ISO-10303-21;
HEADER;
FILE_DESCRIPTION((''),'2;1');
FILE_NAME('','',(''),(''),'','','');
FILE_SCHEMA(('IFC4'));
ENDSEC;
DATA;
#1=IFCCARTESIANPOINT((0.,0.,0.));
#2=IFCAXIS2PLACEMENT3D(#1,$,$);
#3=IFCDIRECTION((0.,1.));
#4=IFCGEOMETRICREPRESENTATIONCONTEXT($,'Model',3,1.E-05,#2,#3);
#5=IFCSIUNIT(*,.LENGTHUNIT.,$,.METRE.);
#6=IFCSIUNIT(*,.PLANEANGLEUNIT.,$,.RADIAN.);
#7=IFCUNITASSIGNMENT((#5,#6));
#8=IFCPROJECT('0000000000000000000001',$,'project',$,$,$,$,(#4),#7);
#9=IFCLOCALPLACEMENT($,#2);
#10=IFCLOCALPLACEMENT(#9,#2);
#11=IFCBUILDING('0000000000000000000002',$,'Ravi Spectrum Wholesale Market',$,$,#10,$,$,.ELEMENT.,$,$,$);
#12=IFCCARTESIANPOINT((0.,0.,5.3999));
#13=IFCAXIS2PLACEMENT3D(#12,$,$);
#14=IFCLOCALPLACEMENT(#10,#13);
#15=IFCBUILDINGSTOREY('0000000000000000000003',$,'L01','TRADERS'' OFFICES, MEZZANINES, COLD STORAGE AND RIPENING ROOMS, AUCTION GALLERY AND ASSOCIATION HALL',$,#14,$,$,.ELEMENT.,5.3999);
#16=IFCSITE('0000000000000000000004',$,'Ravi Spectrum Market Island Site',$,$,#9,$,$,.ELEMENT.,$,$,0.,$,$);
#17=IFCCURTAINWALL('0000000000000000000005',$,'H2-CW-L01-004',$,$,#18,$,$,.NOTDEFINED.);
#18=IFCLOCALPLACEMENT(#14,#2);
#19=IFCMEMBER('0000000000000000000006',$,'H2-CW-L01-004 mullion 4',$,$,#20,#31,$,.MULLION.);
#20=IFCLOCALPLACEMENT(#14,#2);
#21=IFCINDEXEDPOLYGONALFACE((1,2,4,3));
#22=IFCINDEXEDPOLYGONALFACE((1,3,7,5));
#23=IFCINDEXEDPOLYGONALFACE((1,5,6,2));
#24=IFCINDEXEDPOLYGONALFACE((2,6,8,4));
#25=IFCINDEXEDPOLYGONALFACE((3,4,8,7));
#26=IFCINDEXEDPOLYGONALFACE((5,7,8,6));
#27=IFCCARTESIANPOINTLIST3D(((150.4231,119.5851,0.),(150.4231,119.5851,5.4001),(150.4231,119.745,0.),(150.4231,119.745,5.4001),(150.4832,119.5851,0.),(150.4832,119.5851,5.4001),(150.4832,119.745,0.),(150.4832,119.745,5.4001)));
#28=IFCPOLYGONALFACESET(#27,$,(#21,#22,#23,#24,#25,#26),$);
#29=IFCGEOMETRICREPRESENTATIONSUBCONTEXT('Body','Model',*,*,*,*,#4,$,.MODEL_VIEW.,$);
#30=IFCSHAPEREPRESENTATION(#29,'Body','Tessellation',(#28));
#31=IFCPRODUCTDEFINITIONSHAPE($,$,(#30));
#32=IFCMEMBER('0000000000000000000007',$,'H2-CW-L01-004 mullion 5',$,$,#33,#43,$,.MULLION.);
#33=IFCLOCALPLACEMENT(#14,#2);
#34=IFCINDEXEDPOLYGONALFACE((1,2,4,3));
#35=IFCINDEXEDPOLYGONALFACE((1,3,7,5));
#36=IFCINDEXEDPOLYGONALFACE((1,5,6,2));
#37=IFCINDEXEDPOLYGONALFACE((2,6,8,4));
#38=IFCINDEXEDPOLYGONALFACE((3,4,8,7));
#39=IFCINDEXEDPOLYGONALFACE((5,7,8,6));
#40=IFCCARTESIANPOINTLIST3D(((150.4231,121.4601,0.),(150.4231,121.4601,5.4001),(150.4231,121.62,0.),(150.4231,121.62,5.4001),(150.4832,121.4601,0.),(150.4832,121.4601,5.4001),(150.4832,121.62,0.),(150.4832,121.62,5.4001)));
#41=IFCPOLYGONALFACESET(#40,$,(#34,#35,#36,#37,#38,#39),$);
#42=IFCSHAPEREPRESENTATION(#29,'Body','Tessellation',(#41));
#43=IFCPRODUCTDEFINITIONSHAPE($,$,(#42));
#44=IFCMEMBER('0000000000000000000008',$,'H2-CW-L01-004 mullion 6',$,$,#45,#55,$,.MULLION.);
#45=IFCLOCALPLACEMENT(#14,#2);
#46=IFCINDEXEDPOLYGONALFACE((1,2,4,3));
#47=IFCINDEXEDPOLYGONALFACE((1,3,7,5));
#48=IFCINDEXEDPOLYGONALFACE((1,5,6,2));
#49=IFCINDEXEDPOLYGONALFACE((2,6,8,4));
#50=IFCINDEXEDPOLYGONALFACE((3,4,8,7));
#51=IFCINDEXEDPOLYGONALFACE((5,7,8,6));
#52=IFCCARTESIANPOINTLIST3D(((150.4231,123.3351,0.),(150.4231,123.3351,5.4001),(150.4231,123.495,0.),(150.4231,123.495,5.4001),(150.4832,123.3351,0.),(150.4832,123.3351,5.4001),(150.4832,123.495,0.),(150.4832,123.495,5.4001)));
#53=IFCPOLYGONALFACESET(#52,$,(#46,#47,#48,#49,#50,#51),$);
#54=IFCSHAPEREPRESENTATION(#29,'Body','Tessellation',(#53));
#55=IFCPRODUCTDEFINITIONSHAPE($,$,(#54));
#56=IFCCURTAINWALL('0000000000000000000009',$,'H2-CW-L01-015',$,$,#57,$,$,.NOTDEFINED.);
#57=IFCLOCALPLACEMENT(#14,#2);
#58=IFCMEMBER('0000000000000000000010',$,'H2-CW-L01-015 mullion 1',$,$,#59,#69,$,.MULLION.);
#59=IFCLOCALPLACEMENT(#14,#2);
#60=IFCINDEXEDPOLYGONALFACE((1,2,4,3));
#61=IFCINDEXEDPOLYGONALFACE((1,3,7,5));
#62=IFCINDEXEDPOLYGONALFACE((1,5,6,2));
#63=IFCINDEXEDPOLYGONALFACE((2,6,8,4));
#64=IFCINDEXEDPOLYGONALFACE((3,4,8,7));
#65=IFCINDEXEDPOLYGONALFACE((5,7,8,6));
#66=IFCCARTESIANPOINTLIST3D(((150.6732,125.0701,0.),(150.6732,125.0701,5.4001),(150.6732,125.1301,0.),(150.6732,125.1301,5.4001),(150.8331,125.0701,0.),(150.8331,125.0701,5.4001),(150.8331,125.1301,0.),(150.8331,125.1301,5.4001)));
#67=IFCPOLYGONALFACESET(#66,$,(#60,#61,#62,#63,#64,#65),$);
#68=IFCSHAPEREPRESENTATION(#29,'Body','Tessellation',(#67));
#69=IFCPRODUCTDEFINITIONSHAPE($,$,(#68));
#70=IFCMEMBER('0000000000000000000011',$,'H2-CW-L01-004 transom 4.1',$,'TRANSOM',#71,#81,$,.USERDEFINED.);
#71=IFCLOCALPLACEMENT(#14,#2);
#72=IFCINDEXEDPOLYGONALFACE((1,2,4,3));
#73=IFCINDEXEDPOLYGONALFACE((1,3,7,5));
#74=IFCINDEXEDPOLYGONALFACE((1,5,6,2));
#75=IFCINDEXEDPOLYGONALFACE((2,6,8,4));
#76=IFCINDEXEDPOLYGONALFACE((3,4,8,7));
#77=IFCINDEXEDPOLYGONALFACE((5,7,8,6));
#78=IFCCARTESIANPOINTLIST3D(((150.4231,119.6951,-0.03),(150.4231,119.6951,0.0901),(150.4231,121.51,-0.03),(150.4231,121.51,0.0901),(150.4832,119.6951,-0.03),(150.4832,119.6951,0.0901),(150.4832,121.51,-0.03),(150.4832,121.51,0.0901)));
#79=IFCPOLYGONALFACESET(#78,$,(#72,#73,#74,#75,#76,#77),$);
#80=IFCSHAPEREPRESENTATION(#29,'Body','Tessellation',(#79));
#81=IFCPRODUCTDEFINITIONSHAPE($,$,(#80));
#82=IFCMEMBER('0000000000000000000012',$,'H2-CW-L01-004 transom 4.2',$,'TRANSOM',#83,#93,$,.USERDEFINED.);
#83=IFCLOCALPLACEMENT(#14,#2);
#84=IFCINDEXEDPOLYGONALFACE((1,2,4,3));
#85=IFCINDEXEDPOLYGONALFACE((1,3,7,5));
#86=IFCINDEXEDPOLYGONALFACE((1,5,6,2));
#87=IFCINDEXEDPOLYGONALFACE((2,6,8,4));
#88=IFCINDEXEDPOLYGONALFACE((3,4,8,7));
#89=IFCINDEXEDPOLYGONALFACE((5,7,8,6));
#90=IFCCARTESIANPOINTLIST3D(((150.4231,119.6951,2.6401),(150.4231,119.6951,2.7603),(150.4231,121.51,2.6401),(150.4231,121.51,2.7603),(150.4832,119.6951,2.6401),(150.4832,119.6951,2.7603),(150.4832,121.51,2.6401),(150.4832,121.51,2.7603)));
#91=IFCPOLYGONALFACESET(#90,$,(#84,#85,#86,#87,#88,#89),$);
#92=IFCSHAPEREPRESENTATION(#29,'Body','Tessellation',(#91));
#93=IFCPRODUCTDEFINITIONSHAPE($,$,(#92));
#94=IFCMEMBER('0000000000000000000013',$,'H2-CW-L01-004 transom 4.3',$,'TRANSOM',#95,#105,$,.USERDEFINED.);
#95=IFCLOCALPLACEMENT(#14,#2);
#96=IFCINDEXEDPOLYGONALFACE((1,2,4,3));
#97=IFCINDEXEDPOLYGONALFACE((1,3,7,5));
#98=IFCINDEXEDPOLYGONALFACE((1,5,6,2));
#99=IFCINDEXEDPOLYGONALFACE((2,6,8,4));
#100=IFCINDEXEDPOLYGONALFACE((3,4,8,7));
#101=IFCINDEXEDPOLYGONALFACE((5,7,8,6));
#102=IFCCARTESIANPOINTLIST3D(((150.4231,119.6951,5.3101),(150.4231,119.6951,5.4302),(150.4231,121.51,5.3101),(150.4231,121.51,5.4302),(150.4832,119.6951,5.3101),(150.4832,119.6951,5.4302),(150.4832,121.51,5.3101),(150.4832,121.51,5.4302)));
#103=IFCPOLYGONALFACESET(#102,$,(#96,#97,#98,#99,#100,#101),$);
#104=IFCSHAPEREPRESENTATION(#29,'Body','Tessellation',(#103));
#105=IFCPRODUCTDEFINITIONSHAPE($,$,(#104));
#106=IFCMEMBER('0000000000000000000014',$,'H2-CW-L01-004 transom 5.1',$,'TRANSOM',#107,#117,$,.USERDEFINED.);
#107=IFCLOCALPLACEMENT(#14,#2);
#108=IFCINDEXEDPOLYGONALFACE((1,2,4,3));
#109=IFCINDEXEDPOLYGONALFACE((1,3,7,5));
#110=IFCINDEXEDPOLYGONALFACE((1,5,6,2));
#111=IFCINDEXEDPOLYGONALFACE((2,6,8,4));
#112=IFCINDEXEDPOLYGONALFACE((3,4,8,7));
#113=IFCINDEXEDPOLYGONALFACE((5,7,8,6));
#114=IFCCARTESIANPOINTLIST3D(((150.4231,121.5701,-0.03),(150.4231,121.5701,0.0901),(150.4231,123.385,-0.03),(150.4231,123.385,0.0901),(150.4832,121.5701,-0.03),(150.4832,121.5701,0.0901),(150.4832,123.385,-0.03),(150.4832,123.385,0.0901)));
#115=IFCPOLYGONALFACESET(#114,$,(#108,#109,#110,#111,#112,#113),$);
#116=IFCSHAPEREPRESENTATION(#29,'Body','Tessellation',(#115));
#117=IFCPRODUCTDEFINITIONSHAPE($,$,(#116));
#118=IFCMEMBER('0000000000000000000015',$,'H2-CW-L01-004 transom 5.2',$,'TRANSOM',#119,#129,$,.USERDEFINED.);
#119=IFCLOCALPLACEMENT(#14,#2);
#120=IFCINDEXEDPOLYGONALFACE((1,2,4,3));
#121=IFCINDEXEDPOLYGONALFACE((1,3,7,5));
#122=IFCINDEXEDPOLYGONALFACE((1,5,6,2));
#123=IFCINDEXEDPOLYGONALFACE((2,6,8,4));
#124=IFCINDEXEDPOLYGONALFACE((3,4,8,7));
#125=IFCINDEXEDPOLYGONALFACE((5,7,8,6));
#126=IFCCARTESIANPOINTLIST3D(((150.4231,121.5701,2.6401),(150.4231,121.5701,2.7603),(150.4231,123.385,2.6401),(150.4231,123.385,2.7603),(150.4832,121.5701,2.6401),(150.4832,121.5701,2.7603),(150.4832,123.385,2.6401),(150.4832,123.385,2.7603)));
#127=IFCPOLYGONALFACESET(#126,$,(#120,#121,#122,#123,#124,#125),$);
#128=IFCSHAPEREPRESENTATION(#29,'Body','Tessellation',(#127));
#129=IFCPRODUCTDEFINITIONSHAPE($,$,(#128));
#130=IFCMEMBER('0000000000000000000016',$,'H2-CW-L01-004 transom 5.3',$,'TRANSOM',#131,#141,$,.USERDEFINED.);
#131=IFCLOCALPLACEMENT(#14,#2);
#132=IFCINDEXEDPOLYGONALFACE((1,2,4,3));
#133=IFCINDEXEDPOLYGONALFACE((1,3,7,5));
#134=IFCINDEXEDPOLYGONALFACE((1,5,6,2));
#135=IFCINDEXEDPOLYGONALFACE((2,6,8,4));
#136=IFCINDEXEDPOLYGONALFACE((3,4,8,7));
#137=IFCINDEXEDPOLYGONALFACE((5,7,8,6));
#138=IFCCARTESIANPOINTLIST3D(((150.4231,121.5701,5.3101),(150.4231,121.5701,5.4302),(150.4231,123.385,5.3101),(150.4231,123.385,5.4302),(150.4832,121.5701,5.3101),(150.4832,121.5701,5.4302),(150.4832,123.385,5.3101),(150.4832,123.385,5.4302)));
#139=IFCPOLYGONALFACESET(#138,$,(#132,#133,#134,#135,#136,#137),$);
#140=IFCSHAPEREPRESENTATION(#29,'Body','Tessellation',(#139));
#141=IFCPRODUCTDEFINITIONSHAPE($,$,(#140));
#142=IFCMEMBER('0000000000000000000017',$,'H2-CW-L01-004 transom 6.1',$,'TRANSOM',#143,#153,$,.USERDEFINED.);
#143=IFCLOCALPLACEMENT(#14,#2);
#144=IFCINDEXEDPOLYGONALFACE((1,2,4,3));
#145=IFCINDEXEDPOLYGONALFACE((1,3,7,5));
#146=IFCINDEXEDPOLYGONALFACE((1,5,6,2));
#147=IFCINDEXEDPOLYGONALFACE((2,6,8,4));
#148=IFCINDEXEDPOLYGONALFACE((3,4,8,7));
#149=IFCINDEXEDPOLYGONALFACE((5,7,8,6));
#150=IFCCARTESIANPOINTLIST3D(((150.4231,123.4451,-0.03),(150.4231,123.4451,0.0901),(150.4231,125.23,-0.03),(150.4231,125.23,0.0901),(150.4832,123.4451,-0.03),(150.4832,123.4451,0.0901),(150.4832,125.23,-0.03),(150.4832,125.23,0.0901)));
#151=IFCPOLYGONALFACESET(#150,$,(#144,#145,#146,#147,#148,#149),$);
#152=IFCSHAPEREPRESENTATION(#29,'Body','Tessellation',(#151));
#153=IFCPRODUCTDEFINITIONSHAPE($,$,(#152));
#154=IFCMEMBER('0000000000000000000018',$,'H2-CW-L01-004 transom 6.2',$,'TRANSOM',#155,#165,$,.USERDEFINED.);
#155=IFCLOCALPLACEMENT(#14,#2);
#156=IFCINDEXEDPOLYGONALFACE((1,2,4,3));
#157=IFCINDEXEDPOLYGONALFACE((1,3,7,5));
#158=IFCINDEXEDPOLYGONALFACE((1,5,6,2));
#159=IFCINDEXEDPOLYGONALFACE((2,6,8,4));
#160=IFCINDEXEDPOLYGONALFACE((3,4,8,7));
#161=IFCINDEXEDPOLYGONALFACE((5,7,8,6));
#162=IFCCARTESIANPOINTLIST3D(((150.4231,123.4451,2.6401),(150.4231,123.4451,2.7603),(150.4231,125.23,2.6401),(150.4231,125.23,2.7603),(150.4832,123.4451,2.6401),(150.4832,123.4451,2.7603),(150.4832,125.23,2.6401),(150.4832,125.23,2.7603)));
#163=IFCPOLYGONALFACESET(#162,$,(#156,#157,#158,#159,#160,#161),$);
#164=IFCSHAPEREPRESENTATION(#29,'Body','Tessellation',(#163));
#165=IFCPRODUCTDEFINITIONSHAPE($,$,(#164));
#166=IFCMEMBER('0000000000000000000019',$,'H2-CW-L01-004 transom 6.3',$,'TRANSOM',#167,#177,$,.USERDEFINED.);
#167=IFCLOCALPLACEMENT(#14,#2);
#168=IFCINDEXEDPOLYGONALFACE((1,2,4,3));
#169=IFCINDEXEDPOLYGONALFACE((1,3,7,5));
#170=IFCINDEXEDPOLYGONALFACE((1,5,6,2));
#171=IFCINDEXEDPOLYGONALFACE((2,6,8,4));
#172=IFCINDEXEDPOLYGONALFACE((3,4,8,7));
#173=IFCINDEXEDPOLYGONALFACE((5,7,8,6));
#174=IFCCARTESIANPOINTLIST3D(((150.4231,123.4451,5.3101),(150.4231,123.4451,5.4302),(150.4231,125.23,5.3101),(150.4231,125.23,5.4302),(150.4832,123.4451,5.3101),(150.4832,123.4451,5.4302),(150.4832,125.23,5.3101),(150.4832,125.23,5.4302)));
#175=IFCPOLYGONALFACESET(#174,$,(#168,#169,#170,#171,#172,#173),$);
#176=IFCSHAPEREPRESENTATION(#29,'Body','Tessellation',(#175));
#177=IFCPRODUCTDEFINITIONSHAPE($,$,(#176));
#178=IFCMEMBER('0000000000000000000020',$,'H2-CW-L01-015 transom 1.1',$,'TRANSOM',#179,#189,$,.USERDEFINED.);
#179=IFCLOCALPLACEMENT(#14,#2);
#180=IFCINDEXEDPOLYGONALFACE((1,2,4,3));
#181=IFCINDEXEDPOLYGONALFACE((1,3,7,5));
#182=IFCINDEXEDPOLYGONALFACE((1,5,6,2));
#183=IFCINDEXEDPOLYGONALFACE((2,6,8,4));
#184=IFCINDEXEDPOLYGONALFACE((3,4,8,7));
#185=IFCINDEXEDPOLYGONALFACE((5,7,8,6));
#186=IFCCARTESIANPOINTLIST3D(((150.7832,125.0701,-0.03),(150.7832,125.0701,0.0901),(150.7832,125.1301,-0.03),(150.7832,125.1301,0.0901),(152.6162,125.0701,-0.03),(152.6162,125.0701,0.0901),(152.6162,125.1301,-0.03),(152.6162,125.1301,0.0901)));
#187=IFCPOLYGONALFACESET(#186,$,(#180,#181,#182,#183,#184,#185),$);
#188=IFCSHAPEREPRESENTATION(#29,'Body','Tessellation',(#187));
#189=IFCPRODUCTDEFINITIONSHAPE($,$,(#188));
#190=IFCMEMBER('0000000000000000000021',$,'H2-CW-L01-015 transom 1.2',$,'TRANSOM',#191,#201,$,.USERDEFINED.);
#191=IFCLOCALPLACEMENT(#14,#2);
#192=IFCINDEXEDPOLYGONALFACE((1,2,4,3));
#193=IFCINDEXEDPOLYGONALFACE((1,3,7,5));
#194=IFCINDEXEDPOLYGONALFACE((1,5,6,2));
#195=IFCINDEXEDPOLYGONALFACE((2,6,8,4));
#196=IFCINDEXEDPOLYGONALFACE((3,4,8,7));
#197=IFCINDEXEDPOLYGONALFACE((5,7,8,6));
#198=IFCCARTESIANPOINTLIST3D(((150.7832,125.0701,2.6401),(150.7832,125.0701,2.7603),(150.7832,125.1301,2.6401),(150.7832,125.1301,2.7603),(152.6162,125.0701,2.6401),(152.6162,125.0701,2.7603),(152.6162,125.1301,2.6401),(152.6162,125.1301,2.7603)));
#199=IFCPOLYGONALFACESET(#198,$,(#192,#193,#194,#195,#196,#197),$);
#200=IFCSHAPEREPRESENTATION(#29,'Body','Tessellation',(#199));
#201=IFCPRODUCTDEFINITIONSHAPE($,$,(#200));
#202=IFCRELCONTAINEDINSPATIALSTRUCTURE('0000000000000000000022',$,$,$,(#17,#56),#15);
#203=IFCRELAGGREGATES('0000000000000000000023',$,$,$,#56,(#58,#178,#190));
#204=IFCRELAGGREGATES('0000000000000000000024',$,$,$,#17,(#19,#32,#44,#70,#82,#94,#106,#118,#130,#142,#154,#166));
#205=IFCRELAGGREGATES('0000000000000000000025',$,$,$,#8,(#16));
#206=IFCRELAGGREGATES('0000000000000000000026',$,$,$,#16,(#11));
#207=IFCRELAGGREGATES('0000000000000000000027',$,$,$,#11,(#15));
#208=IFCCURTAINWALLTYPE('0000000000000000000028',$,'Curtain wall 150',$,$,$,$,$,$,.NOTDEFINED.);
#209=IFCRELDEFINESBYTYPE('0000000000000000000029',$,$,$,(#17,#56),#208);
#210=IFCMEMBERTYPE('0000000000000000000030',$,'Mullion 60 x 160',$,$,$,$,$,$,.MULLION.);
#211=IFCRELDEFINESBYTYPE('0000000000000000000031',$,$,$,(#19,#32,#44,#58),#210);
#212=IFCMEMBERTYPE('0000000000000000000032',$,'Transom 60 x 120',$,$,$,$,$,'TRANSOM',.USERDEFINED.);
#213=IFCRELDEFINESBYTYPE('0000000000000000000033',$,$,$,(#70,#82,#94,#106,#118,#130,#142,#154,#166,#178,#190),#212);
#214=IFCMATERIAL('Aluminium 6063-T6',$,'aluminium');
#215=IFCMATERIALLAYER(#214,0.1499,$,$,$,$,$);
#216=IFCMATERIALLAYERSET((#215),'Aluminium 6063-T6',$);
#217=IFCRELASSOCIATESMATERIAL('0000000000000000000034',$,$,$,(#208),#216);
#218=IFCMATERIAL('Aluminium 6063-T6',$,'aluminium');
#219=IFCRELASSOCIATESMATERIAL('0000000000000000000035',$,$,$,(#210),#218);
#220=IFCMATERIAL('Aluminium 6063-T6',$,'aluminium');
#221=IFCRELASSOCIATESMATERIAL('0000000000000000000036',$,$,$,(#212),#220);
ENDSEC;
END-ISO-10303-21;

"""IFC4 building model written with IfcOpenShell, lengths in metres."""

from ifc_helpers import new_model, si_unit, direction, frame, origin, origin_2d, place, context, subcontext, project, spatial, rectangle, extrude, material, layer, layer_set, material_profile, profile_set, type_object, element, aggregate, save


model = new_model("IFC4")

# Units and contexts
model_context = context("Model", 3, precision=1e-05, world=origin(), true_north=direction((0.0, 1.0)))
body_context = subcontext(model_context, "Body", "Model", "MODEL_VIEW")
ifc_project = project(units=[si_unit("LENGTHUNIT", "METRE"), si_unit("PLANEANGLEUNIT", "RADIAN")], contexts=[model_context])

# Site, building, storey
site_placement = place(None, origin())
site = spatial("IfcSite", under=ifc_project, at=site_placement, Name="Ravi Spectrum Market Island Site", CompositionType="ELEMENT", RefElevation=0.0)
building_placement = place(site_placement, origin())
building = spatial("IfcBuilding", under=site, at=building_placement, Name="Ravi Spectrum Wholesale Market", CompositionType="ELEMENT")
storey_placement = place(building_placement, frame((0.0, 0.0, 5.3999)))
storey = spatial("IfcBuildingStorey", under=building, at=storey_placement, Name="L01", Description="TRADERS' OFFICES, MEZZANINES, COLD STORAGE AND RIPENING ROOMS, AUCTION GALLERY AND ASSOCIATION HALL", CompositionType="ELEMENT", Elevation=5.3999)

# Curtain wall, members
ifc_material_1 = material(Name="Aluminium 6063-T6", Category="aluminium")
ifc_layer_1 = layer(ifc_material_1, 0.1499)
ifc_layer_set_1 = layer_set([ifc_layer_1], Name="Aluminium 6063-T6")
curtain_wall_type = type_object("IfcCurtainWallType", Name="Curtain wall 150", PredefinedType="NOTDEFINED", material=ifc_layer_set_1)
curtain_wall_1_placement = place(storey_placement, origin())
curtain_wall_1 = element("IfcCurtainWall", 1, at=curtain_wall_1_placement, inside=storey, type_object=curtain_wall_type, Name="H2-CW-L01-004", PredefinedType="NOTDEFINED")
ifc_material_2 = material(Name="Aluminium 6063-T6", Category="aluminium")
ifc_material_profile_1 = material_profile(ifc_material_2, rectangle(XDim=0.0601, YDim=0.1599, at=origin_2d()))
ifc_profile_set_1 = profile_set([ifc_material_profile_1], Name="Aluminium 6063-T6")
member_type_1 = type_object("IfcMemberType", Name="Mullion 60 x 160", PredefinedType="MULLION", material=ifc_profile_set_1)
member_1_placement = place(storey_placement, frame((150.4531, 119.665, 0.0), z_axis=(0.0, 0.0, 1.0), x_axis=(-1.0, 0.0, 0.0)))
member_1 = element("IfcMember", 2, at=member_1_placement, type_object=member_type_1, Name="H2-CW-L01-004 mullion 4", PredefinedType="MULLION", context=body_context, shape_type="SweptSolid", body=[
    extrude(rectangle(XDim=0.0601, YDim=0.1599, at=origin_2d()), origin(), (0.0, 0.0, 1.0), 5.4001),
])
member_2_placement = place(storey_placement, frame((150.4531, 121.54, 0.0), z_axis=(0.0, 0.0, 1.0), x_axis=(-1.0, 0.0, 0.0)))
member_2 = element("IfcMember", 3, at=member_2_placement, type_object=member_type_1, Name="H2-CW-L01-004 mullion 5", PredefinedType="MULLION", context=body_context, shape_type="SweptSolid", body=[
    extrude(rectangle(XDim=0.0601, YDim=0.1599, at=origin_2d()), origin(), (0.0, 0.0, 1.0), 5.4001),
])
member_3_placement = place(storey_placement, frame((150.4531, 123.415, 0.0), z_axis=(0.0, 0.0, 1.0), x_axis=(-1.0, 0.0, 0.0)))
member_3 = element("IfcMember", 4, at=member_3_placement, type_object=member_type_1, Name="H2-CW-L01-004 mullion 6", PredefinedType="MULLION", context=body_context, shape_type="SweptSolid", body=[
    extrude(rectangle(XDim=0.0601, YDim=0.1599, at=origin_2d()), origin(), (0.0, 0.0, 1.0), 5.4001),
])

# Curtain wall, member
curtain_wall_2_placement = place(storey_placement, origin())
curtain_wall_2 = element("IfcCurtainWall", 5, at=curtain_wall_2_placement, inside=storey, type_object=curtain_wall_type, Name="H2-CW-L01-015", PredefinedType="NOTDEFINED")
member_4_placement = place(storey_placement, frame((150.7532, 125.1001, 0.0), z_axis=(0.0, 0.0, 1.0), x_axis=(0.0, 1.0, 0.0)))
member_4 = element("IfcMember", 6, at=member_4_placement, type_object=member_type_1, Name="H2-CW-L01-015 mullion 1", PredefinedType="MULLION", context=body_context, shape_type="SweptSolid", body=[
    extrude(rectangle(XDim=0.0601, YDim=0.1599, at=origin_2d()), origin(), (0.0, 0.0, 1.0), 5.4001),
])

# Members
ifc_material_3 = material(Name="Aluminium 6063-T6", Category="aluminium")
ifc_material_profile_2 = material_profile(ifc_material_3, rectangle(XDim=0.0601, YDim=0.1201, at=origin_2d()))
ifc_profile_set_2 = profile_set([ifc_material_profile_2], Name="Aluminium 6063-T6")
member_type_2 = type_object("IfcMemberType", Name="Transom 60 x 120", ElementType="TRANSOM", PredefinedType="USERDEFINED", material=ifc_profile_set_2)
member_5_placement = place(storey_placement, frame((150.4531, 119.6951, 0.03), z_axis=(0.0, 1.0, 0.0), x_axis=(-1.0, 0.0, 0.0)))
member_5 = element("IfcMember", 7, at=member_5_placement, type_object=member_type_2, Name="H2-CW-L01-004 transom 4.1", ObjectType="TRANSOM", PredefinedType="USERDEFINED", context=body_context, shape_type="SweptSolid", body=[
    extrude(rectangle(XDim=0.0601, YDim=0.1201, at=origin_2d()), origin(), (0.0, 0.0, 1.0), 1.8149),
])
member_6_placement = place(storey_placement, frame((150.4531, 119.6951, 2.7002), z_axis=(0.0, 1.0, 0.0), x_axis=(-1.0, 0.0, 0.0)))
member_6 = element("IfcMember", 8, at=member_6_placement, type_object=member_type_2, Name="H2-CW-L01-004 transom 4.2", ObjectType="TRANSOM", PredefinedType="USERDEFINED", context=body_context, shape_type="SweptSolid", body=[
    extrude(rectangle(XDim=0.0601, YDim=0.1201, at=origin_2d()), origin(), (0.0, 0.0, 1.0), 1.8149),
])
member_7_placement = place(storey_placement, frame((150.4531, 119.6951, 5.3701), z_axis=(0.0, 1.0, 0.0), x_axis=(-1.0, 0.0, 0.0)))
member_7 = element("IfcMember", 9, at=member_7_placement, type_object=member_type_2, Name="H2-CW-L01-004 transom 4.3", ObjectType="TRANSOM", PredefinedType="USERDEFINED", context=body_context, shape_type="SweptSolid", body=[
    extrude(rectangle(XDim=0.0601, YDim=0.1201, at=origin_2d()), origin(), (0.0, 0.0, 1.0), 1.8149),
])
member_8_placement = place(storey_placement, frame((150.4531, 121.5701, 0.03), z_axis=(0.0, 1.0, 0.0), x_axis=(-1.0, 0.0, 0.0)))
member_8 = element("IfcMember", 10, at=member_8_placement, type_object=member_type_2, Name="H2-CW-L01-004 transom 5.1", ObjectType="TRANSOM", PredefinedType="USERDEFINED", context=body_context, shape_type="SweptSolid", body=[
    extrude(rectangle(XDim=0.0601, YDim=0.1201, at=origin_2d()), origin(), (0.0, 0.0, 1.0), 1.8149),
])
member_9_placement = place(storey_placement, frame((150.4531, 121.5701, 2.7002), z_axis=(0.0, 1.0, 0.0), x_axis=(-1.0, 0.0, 0.0)))
member_9 = element("IfcMember", 11, at=member_9_placement, type_object=member_type_2, Name="H2-CW-L01-004 transom 5.2", ObjectType="TRANSOM", PredefinedType="USERDEFINED", context=body_context, shape_type="SweptSolid", body=[
    extrude(rectangle(XDim=0.0601, YDim=0.1201, at=origin_2d()), origin(), (0.0, 0.0, 1.0), 1.8149),
])
member_10_placement = place(storey_placement, frame((150.4531, 121.5701, 5.3701), z_axis=(0.0, 1.0, 0.0), x_axis=(-1.0, 0.0, 0.0)))
member_10 = element("IfcMember", 12, at=member_10_placement, type_object=member_type_2, Name="H2-CW-L01-004 transom 5.3", ObjectType="TRANSOM", PredefinedType="USERDEFINED", context=body_context, shape_type="SweptSolid", body=[
    extrude(rectangle(XDim=0.0601, YDim=0.1201, at=origin_2d()), origin(), (0.0, 0.0, 1.0), 1.8149),
])
member_11_placement = place(storey_placement, frame((150.4531, 123.4451, 0.03), z_axis=(0.0, 1.0, 0.0), x_axis=(-1.0, 0.0, 0.0)))
member_11 = element("IfcMember", 13, at=member_11_placement, type_object=member_type_2, Name="H2-CW-L01-004 transom 6.1", ObjectType="TRANSOM", PredefinedType="USERDEFINED", context=body_context, shape_type="SweptSolid", body=[
    extrude(rectangle(XDim=0.0601, YDim=0.1201, at=origin_2d()), origin(), (0.0, 0.0, 1.0), 1.7849),
])
member_12_placement = place(storey_placement, frame((150.4531, 123.4451, 2.7002), z_axis=(0.0, 1.0, 0.0), x_axis=(-1.0, 0.0, 0.0)))
member_12 = element("IfcMember", 14, at=member_12_placement, type_object=member_type_2, Name="H2-CW-L01-004 transom 6.2", ObjectType="TRANSOM", PredefinedType="USERDEFINED", context=body_context, shape_type="SweptSolid", body=[
    extrude(rectangle(XDim=0.0601, YDim=0.1201, at=origin_2d()), origin(), (0.0, 0.0, 1.0), 1.7849),
])
member_13_placement = place(storey_placement, frame((150.4531, 123.4451, 5.3701), z_axis=(0.0, 1.0, 0.0), x_axis=(-1.0, 0.0, 0.0)))
member_13 = element("IfcMember", 15, at=member_13_placement, type_object=member_type_2, Name="H2-CW-L01-004 transom 6.3", ObjectType="TRANSOM", PredefinedType="USERDEFINED", context=body_context, shape_type="SweptSolid", body=[
    extrude(rectangle(XDim=0.0601, YDim=0.1201, at=origin_2d()), origin(), (0.0, 0.0, 1.0), 1.7849),
])
member_14_placement = place(storey_placement, frame((150.7832, 125.1001, 0.03), z_axis=(1.0, 0.0, 0.0), x_axis=(0.0, 1.0, 0.0)))
member_14 = element("IfcMember", 16, at=member_14_placement, type_object=member_type_2, Name="H2-CW-L01-015 transom 1.1", ObjectType="TRANSOM", PredefinedType="USERDEFINED", context=body_context, shape_type="SweptSolid", body=[
    extrude(rectangle(XDim=0.0601, YDim=0.1201, at=origin_2d()), origin(), (0.0, 0.0, 1.0), 1.833),
])
member_15_placement = place(storey_placement, frame((150.7832, 125.1001, 2.7002), z_axis=(1.0, 0.0, 0.0), x_axis=(0.0, 1.0, 0.0)))
member_15 = element("IfcMember", 17, at=member_15_placement, type_object=member_type_2, Name="H2-CW-L01-015 transom 1.2", ObjectType="TRANSOM", PredefinedType="USERDEFINED", context=body_context, shape_type="SweptSolid", body=[
    extrude(rectangle(XDim=0.0601, YDim=0.1201, at=origin_2d()), origin(), (0.0, 0.0, 1.0), 1.833),
])
aggregate(curtain_wall_2, [member_4, member_14, member_15])

aggregate(curtain_wall_1, [member_1, member_2, member_3, member_5, member_6, member_7, member_8, member_9, member_10, member_11, member_12, member_13])

save(model, "model.ifc")
